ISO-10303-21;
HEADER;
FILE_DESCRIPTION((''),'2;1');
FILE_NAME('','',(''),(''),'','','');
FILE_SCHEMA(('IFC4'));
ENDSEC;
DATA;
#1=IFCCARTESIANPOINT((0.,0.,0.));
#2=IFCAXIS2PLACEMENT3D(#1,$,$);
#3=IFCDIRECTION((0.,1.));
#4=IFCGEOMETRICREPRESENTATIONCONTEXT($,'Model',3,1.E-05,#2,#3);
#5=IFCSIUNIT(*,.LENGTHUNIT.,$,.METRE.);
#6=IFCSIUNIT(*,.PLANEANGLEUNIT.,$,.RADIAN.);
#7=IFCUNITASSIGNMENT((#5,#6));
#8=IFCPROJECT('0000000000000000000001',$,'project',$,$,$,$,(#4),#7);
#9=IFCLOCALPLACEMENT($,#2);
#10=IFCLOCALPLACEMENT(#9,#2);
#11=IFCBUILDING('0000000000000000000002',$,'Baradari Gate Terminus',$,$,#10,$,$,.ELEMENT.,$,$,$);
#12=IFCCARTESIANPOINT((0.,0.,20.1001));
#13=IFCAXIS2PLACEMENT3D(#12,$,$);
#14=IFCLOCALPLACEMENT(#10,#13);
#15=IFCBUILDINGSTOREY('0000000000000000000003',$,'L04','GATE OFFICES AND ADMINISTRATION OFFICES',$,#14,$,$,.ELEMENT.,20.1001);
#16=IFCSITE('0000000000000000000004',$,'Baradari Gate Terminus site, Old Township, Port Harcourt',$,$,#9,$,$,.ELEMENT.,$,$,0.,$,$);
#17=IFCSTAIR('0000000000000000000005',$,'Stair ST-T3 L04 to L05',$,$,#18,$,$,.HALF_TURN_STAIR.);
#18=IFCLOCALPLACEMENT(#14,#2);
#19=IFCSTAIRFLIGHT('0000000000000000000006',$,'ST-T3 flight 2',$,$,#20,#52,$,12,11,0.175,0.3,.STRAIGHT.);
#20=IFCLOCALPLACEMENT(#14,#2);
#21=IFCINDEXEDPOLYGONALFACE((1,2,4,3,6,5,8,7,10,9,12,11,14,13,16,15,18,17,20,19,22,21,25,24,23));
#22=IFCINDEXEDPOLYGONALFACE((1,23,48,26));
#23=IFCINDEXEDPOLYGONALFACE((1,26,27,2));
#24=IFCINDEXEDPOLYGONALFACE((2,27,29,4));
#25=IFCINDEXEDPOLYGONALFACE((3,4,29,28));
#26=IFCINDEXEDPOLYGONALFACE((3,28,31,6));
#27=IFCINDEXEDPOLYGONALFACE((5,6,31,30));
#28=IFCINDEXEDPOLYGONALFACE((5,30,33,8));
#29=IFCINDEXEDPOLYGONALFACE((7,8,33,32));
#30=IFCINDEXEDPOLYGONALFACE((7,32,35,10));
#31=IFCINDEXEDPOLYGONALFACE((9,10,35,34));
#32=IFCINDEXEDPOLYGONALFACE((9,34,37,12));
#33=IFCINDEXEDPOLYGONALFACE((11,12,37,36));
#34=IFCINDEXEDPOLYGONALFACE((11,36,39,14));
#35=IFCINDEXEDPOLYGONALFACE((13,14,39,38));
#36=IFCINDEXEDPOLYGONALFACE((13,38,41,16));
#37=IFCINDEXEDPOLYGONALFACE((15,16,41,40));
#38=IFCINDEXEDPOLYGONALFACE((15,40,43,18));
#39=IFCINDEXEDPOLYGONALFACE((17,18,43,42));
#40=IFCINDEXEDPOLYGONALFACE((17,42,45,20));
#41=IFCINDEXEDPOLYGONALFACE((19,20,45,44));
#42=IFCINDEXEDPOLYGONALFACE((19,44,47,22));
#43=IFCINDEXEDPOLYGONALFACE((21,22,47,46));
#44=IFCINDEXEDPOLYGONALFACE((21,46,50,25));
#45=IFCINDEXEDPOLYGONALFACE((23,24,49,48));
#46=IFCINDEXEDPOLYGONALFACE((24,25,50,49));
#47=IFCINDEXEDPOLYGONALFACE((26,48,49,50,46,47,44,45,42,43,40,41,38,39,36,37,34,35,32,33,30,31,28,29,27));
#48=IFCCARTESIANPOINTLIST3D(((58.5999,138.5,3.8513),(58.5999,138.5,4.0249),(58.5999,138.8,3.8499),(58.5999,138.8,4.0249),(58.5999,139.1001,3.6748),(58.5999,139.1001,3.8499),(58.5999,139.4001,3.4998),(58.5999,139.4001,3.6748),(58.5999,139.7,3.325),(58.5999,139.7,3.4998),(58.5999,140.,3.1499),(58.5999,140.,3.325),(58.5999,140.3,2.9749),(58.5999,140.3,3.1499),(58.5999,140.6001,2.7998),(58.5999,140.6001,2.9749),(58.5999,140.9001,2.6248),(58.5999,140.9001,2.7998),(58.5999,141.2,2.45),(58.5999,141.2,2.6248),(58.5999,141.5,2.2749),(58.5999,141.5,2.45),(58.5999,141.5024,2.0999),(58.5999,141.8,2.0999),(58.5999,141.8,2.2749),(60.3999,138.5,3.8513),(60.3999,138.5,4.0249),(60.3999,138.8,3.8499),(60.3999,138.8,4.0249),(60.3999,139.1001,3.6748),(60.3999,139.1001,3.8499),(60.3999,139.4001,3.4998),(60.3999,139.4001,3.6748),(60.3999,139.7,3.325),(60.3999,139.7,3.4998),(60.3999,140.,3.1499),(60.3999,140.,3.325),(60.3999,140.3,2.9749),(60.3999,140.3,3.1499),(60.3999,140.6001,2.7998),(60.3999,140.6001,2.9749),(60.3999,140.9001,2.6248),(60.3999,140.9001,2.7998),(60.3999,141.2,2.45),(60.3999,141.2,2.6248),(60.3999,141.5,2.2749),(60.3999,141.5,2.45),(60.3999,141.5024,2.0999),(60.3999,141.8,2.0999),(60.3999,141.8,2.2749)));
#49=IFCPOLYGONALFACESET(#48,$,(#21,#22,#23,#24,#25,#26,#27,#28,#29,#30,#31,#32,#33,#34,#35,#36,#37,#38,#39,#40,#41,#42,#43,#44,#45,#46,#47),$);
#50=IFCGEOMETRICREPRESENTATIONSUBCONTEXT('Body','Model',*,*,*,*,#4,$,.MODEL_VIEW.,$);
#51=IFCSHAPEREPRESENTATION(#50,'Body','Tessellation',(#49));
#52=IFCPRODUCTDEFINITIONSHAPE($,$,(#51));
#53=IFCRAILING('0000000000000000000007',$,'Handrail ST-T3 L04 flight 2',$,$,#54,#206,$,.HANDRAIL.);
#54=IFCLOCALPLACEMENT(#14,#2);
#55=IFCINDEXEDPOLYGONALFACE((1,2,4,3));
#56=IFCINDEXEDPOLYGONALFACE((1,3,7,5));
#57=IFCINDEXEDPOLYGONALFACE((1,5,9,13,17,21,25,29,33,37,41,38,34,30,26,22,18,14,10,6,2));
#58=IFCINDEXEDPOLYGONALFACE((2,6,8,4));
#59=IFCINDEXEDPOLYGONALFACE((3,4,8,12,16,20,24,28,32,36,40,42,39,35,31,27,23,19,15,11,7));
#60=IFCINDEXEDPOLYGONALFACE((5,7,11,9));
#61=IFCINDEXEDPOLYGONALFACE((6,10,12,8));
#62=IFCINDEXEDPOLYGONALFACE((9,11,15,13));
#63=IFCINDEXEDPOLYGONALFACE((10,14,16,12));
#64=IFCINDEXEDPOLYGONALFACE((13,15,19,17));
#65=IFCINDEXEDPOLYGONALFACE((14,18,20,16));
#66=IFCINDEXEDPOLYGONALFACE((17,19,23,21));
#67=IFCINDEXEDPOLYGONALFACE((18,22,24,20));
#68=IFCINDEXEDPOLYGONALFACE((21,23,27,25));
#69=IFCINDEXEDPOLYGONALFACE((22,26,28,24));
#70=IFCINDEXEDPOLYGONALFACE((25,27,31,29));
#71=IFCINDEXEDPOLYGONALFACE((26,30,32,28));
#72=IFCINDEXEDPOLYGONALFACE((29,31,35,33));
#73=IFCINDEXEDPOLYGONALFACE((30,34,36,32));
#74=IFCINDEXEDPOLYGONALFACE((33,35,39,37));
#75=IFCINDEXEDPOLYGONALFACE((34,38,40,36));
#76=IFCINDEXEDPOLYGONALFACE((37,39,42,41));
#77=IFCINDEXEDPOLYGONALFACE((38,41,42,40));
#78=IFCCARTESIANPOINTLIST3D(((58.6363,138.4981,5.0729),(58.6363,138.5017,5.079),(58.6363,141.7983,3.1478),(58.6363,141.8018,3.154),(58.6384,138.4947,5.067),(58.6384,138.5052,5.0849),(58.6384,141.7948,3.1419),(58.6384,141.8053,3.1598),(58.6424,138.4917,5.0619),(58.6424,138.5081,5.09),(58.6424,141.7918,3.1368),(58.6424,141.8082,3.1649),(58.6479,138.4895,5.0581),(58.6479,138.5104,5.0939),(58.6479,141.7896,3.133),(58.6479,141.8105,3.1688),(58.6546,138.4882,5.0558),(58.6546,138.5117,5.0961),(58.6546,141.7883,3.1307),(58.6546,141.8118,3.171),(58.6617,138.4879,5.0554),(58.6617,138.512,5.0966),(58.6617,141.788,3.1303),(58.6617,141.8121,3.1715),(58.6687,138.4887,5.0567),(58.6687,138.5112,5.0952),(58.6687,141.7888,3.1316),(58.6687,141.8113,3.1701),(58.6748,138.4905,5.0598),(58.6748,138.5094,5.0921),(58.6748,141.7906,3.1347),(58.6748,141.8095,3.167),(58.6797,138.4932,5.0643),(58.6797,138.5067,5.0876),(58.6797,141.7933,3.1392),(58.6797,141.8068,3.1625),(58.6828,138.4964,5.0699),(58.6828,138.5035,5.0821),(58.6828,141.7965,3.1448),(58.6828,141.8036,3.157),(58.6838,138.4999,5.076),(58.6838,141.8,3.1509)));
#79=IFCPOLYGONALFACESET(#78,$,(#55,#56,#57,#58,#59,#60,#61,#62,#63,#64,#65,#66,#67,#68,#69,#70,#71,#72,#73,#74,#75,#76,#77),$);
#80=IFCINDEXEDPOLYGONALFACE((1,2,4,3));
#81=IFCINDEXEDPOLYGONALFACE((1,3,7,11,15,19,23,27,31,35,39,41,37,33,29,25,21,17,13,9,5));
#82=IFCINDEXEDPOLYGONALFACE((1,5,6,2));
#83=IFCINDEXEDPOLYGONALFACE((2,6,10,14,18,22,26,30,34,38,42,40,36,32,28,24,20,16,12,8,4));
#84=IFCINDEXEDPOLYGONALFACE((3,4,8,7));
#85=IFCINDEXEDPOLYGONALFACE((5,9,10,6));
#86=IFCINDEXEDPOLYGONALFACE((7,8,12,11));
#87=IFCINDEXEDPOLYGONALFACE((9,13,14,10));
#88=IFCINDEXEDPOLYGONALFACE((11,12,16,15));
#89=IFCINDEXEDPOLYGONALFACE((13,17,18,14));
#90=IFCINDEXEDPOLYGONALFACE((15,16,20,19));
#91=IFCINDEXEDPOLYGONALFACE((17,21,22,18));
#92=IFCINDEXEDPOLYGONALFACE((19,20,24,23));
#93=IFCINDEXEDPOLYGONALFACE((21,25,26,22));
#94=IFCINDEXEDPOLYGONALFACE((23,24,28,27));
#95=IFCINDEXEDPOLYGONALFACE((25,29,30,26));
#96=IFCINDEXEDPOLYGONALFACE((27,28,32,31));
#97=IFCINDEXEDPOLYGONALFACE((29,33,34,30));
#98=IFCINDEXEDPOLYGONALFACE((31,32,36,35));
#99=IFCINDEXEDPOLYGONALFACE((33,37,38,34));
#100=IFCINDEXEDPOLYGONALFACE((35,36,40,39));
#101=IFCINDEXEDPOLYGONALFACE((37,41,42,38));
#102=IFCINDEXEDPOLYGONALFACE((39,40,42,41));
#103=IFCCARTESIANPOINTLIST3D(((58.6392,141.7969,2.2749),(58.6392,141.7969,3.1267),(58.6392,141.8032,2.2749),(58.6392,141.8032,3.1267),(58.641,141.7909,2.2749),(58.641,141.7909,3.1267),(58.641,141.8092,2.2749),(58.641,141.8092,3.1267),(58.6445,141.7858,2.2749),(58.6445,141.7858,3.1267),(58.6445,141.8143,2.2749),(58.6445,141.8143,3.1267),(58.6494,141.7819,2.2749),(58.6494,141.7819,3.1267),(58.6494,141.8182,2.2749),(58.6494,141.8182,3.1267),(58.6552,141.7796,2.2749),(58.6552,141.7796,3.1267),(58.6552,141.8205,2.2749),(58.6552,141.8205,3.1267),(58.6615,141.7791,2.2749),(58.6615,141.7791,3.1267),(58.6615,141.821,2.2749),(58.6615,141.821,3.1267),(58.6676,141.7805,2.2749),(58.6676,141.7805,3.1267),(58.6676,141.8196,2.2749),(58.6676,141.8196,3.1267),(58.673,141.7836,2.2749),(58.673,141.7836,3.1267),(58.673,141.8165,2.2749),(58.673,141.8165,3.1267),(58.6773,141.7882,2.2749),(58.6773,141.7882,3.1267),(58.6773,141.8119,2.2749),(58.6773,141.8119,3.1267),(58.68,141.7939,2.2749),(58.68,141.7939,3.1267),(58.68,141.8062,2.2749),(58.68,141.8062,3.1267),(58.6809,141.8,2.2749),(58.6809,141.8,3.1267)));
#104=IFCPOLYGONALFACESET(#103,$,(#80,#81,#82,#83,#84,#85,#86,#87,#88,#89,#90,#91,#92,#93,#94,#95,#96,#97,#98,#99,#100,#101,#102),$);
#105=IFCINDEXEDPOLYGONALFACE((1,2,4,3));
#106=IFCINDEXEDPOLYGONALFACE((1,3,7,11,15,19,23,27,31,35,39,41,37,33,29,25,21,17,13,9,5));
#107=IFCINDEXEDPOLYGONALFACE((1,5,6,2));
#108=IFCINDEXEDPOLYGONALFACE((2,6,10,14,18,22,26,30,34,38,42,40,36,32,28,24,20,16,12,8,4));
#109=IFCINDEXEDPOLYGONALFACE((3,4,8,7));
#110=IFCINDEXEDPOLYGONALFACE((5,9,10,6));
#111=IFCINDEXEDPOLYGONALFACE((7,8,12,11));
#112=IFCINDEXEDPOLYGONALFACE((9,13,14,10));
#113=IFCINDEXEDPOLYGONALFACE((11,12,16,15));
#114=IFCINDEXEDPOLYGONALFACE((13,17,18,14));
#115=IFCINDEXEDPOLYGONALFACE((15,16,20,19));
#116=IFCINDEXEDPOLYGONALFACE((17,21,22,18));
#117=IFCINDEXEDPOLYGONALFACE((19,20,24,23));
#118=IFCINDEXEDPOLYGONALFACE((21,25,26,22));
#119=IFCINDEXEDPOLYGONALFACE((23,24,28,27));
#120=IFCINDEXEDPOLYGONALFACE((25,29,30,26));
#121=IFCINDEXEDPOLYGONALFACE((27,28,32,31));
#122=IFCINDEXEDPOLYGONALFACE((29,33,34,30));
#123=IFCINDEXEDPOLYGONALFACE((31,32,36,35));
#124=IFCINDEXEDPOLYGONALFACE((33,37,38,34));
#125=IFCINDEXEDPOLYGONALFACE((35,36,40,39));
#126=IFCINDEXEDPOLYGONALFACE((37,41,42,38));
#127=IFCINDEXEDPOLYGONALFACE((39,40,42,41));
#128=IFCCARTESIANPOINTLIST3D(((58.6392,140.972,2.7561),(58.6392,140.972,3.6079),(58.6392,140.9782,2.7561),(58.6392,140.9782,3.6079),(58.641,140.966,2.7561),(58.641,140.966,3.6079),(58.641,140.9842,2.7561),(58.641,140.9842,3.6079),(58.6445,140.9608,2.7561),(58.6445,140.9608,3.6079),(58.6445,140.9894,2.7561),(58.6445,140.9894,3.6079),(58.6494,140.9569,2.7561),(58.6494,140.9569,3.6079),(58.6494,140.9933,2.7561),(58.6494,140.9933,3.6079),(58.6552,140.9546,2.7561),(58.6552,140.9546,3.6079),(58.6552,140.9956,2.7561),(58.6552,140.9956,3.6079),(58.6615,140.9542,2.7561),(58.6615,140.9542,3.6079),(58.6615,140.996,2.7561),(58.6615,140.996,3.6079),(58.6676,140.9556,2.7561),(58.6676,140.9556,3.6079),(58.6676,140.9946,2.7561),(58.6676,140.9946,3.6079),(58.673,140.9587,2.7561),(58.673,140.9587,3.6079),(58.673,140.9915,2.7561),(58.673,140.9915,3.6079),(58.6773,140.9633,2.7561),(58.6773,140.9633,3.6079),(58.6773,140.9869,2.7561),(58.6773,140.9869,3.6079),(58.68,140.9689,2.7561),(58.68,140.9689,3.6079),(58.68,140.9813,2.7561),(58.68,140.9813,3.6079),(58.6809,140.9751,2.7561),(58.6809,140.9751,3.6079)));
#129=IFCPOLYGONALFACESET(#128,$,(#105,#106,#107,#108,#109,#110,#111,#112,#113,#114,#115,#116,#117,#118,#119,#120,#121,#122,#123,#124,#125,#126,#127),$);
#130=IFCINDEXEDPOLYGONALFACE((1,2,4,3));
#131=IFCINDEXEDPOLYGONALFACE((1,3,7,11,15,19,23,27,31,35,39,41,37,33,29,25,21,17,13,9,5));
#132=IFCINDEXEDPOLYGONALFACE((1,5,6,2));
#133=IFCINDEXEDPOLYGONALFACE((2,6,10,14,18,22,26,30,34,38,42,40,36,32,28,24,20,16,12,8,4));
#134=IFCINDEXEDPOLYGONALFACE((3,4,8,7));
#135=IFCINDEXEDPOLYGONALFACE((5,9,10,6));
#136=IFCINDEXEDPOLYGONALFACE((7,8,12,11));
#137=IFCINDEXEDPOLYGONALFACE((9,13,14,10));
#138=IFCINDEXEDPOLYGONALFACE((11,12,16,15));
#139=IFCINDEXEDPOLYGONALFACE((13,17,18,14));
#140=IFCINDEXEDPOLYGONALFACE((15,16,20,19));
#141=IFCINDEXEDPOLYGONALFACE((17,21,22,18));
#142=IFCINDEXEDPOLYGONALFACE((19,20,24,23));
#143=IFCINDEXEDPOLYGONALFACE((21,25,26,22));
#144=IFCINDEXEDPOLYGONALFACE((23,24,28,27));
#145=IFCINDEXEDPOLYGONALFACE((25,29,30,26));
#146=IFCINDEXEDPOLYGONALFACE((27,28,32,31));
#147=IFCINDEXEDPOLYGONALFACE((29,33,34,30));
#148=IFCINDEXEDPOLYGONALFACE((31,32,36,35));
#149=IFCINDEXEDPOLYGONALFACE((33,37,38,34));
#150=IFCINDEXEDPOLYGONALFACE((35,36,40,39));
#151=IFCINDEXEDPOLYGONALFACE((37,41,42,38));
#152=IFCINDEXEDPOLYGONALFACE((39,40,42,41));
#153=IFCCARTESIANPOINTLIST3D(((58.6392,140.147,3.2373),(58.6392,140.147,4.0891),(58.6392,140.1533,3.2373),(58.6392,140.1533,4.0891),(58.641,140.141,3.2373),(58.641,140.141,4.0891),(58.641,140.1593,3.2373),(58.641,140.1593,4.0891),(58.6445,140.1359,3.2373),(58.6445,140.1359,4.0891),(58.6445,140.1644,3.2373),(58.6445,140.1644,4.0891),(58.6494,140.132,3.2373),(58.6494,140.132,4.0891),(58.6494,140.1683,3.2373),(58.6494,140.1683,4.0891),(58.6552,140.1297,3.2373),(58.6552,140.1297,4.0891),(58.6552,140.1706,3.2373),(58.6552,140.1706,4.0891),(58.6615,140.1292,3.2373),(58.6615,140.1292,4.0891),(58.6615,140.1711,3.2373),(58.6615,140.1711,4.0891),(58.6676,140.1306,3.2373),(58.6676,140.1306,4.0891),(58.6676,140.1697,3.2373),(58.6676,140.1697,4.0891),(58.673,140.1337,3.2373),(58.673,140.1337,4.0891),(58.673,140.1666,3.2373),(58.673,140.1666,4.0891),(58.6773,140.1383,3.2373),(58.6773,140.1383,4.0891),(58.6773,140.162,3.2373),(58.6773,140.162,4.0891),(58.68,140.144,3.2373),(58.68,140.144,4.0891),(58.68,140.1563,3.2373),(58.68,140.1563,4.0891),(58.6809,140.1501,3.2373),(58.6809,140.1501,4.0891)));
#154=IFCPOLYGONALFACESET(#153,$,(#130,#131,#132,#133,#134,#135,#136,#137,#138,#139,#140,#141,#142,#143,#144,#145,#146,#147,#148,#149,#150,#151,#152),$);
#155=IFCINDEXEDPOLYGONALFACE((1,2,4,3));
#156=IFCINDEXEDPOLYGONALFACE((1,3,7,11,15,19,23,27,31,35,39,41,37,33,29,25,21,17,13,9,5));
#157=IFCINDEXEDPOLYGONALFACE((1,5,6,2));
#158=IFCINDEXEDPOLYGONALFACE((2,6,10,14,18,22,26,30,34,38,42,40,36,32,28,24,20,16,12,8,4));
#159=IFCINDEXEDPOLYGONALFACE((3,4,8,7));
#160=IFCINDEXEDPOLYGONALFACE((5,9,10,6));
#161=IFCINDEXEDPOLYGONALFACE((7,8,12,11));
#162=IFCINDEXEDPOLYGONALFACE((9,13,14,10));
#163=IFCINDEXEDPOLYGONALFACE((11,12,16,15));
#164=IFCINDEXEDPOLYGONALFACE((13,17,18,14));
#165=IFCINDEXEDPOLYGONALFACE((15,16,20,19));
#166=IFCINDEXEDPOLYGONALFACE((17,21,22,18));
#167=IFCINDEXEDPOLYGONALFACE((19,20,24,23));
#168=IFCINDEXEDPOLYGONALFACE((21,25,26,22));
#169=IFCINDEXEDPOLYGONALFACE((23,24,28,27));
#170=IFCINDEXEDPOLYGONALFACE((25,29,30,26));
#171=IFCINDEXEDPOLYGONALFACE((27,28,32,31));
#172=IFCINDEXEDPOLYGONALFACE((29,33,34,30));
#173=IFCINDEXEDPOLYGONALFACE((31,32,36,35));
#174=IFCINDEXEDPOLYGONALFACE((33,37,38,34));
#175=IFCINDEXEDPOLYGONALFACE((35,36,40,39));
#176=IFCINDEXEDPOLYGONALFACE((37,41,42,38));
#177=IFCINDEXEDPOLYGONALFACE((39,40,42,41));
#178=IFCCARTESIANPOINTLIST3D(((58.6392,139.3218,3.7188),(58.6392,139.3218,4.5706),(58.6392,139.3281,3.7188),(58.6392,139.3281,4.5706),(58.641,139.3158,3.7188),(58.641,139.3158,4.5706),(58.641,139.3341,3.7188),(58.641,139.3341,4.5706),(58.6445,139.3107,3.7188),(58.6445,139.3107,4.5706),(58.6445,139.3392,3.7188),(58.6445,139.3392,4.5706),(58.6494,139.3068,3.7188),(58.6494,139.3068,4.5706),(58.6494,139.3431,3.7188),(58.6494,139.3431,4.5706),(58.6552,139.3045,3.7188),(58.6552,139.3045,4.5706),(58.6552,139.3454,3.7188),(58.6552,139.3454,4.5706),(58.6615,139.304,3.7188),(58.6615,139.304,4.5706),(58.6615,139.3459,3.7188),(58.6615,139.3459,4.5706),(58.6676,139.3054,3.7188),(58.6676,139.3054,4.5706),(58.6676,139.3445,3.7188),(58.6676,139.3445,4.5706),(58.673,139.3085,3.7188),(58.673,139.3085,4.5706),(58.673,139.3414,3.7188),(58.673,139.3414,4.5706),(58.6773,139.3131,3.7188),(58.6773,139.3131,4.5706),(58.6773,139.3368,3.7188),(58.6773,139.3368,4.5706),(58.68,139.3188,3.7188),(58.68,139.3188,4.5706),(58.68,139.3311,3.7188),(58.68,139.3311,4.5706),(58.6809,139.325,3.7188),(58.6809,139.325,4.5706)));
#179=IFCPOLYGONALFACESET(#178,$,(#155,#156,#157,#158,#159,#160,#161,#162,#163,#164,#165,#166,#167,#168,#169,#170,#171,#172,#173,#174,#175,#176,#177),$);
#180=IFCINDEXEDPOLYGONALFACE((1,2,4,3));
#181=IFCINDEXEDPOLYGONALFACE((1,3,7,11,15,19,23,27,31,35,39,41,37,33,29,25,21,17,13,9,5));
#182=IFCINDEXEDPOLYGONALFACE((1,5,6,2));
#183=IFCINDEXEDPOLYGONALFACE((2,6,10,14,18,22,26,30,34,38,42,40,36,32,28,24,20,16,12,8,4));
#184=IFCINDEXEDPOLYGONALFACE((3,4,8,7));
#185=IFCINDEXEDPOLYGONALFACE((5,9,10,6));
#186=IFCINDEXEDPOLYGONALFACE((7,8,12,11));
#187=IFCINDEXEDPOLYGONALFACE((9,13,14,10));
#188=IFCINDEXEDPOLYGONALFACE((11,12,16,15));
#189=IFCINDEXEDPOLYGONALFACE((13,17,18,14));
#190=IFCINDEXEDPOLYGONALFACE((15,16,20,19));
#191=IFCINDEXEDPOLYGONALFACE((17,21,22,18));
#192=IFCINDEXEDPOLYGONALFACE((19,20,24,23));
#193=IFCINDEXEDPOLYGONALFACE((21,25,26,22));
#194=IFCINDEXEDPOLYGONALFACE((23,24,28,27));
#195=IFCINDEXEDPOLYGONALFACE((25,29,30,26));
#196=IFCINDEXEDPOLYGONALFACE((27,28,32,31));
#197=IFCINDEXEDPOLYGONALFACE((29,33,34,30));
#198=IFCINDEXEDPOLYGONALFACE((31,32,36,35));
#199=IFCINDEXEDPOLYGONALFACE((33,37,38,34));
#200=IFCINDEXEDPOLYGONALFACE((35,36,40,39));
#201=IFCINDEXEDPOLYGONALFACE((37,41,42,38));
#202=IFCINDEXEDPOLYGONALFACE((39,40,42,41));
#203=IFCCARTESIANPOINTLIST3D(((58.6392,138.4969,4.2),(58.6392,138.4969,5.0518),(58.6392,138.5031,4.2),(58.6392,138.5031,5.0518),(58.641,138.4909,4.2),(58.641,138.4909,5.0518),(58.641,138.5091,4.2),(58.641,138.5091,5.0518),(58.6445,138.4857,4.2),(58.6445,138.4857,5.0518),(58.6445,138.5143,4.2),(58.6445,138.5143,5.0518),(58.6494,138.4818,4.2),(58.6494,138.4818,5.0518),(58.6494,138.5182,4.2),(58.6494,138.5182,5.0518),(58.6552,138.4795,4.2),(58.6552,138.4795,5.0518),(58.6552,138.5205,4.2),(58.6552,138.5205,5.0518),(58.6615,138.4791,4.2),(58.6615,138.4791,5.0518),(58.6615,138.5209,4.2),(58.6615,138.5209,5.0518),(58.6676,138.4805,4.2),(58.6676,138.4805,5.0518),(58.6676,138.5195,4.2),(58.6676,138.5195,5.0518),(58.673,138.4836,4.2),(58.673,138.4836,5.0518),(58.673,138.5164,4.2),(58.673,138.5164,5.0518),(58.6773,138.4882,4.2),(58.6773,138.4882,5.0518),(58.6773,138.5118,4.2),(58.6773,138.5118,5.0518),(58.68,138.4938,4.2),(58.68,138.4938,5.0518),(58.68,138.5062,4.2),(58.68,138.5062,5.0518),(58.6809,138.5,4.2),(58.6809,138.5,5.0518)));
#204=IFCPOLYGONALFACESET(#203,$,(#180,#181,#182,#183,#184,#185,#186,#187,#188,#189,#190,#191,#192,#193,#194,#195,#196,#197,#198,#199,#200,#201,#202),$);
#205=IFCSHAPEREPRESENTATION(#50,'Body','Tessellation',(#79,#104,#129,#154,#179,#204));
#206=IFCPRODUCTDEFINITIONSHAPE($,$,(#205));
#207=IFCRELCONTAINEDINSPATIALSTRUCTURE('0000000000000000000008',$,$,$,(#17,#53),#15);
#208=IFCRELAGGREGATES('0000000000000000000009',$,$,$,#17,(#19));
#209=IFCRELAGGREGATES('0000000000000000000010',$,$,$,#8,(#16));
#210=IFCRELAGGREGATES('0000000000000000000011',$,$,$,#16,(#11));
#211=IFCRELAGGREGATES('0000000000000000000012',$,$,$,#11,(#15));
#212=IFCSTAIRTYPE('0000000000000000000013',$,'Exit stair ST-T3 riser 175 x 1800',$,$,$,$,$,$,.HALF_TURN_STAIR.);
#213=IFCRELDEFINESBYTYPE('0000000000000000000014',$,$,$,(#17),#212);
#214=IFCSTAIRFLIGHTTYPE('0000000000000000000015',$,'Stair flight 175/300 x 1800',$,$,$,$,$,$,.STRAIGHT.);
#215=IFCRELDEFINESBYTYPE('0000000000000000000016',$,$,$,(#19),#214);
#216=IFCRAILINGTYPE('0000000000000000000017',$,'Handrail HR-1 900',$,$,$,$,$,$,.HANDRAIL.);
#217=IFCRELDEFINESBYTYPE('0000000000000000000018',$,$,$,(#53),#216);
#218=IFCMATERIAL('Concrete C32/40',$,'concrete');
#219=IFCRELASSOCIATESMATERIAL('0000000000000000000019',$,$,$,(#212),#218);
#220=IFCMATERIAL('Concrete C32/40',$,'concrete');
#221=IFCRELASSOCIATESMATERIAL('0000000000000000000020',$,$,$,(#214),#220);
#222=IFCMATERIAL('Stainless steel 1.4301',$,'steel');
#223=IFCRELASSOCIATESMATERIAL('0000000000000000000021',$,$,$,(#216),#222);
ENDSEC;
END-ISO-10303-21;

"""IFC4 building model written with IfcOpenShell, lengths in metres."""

from ifc_helpers import new_model, si_unit, direction, frame, origin, origin_2d, place, context, subcontext, project, spatial, polyline, circle, outline, extrude, material, type_object, element, aggregate, save


model = new_model("IFC4")

# Units and contexts
model_context = context("Model", 3, precision=1e-05, world=origin(), true_north=direction((0.0, 1.0)))
body_context = subcontext(model_context, "Body", "Model", "MODEL_VIEW")
ifc_project = project(units=[si_unit("LENGTHUNIT", "METRE"), si_unit("PLANEANGLEUNIT", "RADIAN")], contexts=[model_context])

# Site, building, storey
site_placement = place(None, origin())
site = spatial("IfcSite", under=ifc_project, at=site_placement, Name="Baradari Gate Terminus site, Old Township, Port Harcourt", CompositionType="ELEMENT", RefElevation=0.0)
building_placement = place(site_placement, origin())
building = spatial("IfcBuilding", under=site, at=building_placement, Name="Baradari Gate Terminus", CompositionType="ELEMENT")
storey_placement = place(building_placement, frame((0.0, 0.0, 20.1001)))
storey = spatial("IfcBuildingStorey", under=building, at=storey_placement, Name="L04", Description="GATE OFFICES AND ADMINISTRATION OFFICES", CompositionType="ELEMENT", Elevation=20.1001)

# Stair, stair flight
ifc_material_1 = material(Name="Concrete C32/40", Category="concrete")
stair_type = type_object("IfcStairType", Name="Exit stair ST-T3 riser 175 x 1800", PredefinedType="HALF_TURN_STAIR", material=ifc_material_1)
stair_placement = place(storey_placement, origin())
stair = element("IfcStair", 1, at=stair_placement, inside=storey, type_object=stair_type, Name="Stair ST-T3 L04 to L05", PredefinedType="HALF_TURN_STAIR")
ifc_material_2 = material(Name="Concrete C32/40", Category="concrete")
stair_flight_type = type_object("IfcStairFlightType", Name="Stair flight 175/300 x 1800", PredefinedType="STRAIGHT", material=ifc_material_2)
stair_flight_placement = place(storey_placement, frame((59.5, 141.8, 2.0999), z_axis=(0.0, 0.0, 1.0), x_axis=(0.0, -1.0, 0.0)))
stair_flight = element("IfcStairFlight", 2, at=stair_flight_placement, type_object=stair_flight_type, Name="ST-T3 flight 2", NumberOfRisers=12, NumberOfTreads=11, PredefinedType="STRAIGHT", RiserHeight=0.175, TreadLength=0.3, context=body_context, shape_type="SweptSolid", body=[
    extrude(outline(polyline([(0.0, 0.0), (0.0, 0.175), (0.3, 0.175), (0.3, 0.3501), (0.6001, 0.3501), (0.6001, 0.5249), (0.8999, 0.5249), (0.8999, 0.7), (1.2, 0.7), (1.2, 0.875), (1.5, 0.875), (1.5, 1.05), (1.8, 1.05), (1.8, 1.2251), (2.1001, 1.2251), (2.1001, 1.3999), (2.3999, 1.3999), (2.3999, 1.575), (2.7, 1.575), (2.7, 1.75), (3.0, 1.75), (3.0, 1.925), (3.3, 1.925), (3.3, 2.1001), (3.3, 1.7515), (0.2976, 0.0), (0.0, 0.0)])), frame((0.0, 0.8999, 0.0), z_axis=(0.0, -1.0, 0.0), x_axis=(1.0, 0.0, 0.0)), (0.0, 0.0, 1.0), 1.8),
])
aggregate(stair, [stair_flight])

# Railing
ifc_material_3 = material(Name="Stainless steel 1.4301", Category="steel")
railing_type = type_object("IfcRailingType", Name="Handrail HR-1 900", PredefinedType="HANDRAIL", material=ifc_material_3)
for number, where, name in (
    (3, (58.6599, 141.8, 2.2749), "Handrail ST-T3 L04 flight 2"),
):
    element("IfcRailing", number, at=place(storey_placement, frame(where)), inside=storey, type_object=railing_type, Name=name, PredefinedType="HANDRAIL", context=body_context, shape_type="SweptSolid", body=[
        extrude(circle(Radius=0.0239, at=origin_2d()), frame((0.0, 0.0, 0.876), z_axis=(0.0, -0.863777, 0.503875), x_axis=(1.0, 0.0, 0.0)), (0.0, 0.0, 1.0), 3.8206),
        extrude(circle(Radius=0.021, at=origin_2d()), origin(), (0.0, 0.0, 1.0), 0.8518),
        extrude(circle(Radius=0.021, at=origin_2d()), frame((0.0, -0.825, 0.4812)), (0.0, 0.0, 1.0), 0.8518),
        extrude(circle(Radius=0.021, at=origin_2d()), frame((0.0, -1.6499, 0.9624)), (0.0, 0.0, 1.0), 0.8518),
        extrude(circle(Radius=0.021, at=origin_2d()), frame((0.0, -2.4751, 1.4438)), (0.0, 0.0, 1.0), 0.8518),
        extrude(circle(Radius=0.021, at=origin_2d()), frame((0.0, -3.3, 1.925)), (0.0, 0.0, 1.0), 0.8518),
    ])

save(model, "model.ifc")
